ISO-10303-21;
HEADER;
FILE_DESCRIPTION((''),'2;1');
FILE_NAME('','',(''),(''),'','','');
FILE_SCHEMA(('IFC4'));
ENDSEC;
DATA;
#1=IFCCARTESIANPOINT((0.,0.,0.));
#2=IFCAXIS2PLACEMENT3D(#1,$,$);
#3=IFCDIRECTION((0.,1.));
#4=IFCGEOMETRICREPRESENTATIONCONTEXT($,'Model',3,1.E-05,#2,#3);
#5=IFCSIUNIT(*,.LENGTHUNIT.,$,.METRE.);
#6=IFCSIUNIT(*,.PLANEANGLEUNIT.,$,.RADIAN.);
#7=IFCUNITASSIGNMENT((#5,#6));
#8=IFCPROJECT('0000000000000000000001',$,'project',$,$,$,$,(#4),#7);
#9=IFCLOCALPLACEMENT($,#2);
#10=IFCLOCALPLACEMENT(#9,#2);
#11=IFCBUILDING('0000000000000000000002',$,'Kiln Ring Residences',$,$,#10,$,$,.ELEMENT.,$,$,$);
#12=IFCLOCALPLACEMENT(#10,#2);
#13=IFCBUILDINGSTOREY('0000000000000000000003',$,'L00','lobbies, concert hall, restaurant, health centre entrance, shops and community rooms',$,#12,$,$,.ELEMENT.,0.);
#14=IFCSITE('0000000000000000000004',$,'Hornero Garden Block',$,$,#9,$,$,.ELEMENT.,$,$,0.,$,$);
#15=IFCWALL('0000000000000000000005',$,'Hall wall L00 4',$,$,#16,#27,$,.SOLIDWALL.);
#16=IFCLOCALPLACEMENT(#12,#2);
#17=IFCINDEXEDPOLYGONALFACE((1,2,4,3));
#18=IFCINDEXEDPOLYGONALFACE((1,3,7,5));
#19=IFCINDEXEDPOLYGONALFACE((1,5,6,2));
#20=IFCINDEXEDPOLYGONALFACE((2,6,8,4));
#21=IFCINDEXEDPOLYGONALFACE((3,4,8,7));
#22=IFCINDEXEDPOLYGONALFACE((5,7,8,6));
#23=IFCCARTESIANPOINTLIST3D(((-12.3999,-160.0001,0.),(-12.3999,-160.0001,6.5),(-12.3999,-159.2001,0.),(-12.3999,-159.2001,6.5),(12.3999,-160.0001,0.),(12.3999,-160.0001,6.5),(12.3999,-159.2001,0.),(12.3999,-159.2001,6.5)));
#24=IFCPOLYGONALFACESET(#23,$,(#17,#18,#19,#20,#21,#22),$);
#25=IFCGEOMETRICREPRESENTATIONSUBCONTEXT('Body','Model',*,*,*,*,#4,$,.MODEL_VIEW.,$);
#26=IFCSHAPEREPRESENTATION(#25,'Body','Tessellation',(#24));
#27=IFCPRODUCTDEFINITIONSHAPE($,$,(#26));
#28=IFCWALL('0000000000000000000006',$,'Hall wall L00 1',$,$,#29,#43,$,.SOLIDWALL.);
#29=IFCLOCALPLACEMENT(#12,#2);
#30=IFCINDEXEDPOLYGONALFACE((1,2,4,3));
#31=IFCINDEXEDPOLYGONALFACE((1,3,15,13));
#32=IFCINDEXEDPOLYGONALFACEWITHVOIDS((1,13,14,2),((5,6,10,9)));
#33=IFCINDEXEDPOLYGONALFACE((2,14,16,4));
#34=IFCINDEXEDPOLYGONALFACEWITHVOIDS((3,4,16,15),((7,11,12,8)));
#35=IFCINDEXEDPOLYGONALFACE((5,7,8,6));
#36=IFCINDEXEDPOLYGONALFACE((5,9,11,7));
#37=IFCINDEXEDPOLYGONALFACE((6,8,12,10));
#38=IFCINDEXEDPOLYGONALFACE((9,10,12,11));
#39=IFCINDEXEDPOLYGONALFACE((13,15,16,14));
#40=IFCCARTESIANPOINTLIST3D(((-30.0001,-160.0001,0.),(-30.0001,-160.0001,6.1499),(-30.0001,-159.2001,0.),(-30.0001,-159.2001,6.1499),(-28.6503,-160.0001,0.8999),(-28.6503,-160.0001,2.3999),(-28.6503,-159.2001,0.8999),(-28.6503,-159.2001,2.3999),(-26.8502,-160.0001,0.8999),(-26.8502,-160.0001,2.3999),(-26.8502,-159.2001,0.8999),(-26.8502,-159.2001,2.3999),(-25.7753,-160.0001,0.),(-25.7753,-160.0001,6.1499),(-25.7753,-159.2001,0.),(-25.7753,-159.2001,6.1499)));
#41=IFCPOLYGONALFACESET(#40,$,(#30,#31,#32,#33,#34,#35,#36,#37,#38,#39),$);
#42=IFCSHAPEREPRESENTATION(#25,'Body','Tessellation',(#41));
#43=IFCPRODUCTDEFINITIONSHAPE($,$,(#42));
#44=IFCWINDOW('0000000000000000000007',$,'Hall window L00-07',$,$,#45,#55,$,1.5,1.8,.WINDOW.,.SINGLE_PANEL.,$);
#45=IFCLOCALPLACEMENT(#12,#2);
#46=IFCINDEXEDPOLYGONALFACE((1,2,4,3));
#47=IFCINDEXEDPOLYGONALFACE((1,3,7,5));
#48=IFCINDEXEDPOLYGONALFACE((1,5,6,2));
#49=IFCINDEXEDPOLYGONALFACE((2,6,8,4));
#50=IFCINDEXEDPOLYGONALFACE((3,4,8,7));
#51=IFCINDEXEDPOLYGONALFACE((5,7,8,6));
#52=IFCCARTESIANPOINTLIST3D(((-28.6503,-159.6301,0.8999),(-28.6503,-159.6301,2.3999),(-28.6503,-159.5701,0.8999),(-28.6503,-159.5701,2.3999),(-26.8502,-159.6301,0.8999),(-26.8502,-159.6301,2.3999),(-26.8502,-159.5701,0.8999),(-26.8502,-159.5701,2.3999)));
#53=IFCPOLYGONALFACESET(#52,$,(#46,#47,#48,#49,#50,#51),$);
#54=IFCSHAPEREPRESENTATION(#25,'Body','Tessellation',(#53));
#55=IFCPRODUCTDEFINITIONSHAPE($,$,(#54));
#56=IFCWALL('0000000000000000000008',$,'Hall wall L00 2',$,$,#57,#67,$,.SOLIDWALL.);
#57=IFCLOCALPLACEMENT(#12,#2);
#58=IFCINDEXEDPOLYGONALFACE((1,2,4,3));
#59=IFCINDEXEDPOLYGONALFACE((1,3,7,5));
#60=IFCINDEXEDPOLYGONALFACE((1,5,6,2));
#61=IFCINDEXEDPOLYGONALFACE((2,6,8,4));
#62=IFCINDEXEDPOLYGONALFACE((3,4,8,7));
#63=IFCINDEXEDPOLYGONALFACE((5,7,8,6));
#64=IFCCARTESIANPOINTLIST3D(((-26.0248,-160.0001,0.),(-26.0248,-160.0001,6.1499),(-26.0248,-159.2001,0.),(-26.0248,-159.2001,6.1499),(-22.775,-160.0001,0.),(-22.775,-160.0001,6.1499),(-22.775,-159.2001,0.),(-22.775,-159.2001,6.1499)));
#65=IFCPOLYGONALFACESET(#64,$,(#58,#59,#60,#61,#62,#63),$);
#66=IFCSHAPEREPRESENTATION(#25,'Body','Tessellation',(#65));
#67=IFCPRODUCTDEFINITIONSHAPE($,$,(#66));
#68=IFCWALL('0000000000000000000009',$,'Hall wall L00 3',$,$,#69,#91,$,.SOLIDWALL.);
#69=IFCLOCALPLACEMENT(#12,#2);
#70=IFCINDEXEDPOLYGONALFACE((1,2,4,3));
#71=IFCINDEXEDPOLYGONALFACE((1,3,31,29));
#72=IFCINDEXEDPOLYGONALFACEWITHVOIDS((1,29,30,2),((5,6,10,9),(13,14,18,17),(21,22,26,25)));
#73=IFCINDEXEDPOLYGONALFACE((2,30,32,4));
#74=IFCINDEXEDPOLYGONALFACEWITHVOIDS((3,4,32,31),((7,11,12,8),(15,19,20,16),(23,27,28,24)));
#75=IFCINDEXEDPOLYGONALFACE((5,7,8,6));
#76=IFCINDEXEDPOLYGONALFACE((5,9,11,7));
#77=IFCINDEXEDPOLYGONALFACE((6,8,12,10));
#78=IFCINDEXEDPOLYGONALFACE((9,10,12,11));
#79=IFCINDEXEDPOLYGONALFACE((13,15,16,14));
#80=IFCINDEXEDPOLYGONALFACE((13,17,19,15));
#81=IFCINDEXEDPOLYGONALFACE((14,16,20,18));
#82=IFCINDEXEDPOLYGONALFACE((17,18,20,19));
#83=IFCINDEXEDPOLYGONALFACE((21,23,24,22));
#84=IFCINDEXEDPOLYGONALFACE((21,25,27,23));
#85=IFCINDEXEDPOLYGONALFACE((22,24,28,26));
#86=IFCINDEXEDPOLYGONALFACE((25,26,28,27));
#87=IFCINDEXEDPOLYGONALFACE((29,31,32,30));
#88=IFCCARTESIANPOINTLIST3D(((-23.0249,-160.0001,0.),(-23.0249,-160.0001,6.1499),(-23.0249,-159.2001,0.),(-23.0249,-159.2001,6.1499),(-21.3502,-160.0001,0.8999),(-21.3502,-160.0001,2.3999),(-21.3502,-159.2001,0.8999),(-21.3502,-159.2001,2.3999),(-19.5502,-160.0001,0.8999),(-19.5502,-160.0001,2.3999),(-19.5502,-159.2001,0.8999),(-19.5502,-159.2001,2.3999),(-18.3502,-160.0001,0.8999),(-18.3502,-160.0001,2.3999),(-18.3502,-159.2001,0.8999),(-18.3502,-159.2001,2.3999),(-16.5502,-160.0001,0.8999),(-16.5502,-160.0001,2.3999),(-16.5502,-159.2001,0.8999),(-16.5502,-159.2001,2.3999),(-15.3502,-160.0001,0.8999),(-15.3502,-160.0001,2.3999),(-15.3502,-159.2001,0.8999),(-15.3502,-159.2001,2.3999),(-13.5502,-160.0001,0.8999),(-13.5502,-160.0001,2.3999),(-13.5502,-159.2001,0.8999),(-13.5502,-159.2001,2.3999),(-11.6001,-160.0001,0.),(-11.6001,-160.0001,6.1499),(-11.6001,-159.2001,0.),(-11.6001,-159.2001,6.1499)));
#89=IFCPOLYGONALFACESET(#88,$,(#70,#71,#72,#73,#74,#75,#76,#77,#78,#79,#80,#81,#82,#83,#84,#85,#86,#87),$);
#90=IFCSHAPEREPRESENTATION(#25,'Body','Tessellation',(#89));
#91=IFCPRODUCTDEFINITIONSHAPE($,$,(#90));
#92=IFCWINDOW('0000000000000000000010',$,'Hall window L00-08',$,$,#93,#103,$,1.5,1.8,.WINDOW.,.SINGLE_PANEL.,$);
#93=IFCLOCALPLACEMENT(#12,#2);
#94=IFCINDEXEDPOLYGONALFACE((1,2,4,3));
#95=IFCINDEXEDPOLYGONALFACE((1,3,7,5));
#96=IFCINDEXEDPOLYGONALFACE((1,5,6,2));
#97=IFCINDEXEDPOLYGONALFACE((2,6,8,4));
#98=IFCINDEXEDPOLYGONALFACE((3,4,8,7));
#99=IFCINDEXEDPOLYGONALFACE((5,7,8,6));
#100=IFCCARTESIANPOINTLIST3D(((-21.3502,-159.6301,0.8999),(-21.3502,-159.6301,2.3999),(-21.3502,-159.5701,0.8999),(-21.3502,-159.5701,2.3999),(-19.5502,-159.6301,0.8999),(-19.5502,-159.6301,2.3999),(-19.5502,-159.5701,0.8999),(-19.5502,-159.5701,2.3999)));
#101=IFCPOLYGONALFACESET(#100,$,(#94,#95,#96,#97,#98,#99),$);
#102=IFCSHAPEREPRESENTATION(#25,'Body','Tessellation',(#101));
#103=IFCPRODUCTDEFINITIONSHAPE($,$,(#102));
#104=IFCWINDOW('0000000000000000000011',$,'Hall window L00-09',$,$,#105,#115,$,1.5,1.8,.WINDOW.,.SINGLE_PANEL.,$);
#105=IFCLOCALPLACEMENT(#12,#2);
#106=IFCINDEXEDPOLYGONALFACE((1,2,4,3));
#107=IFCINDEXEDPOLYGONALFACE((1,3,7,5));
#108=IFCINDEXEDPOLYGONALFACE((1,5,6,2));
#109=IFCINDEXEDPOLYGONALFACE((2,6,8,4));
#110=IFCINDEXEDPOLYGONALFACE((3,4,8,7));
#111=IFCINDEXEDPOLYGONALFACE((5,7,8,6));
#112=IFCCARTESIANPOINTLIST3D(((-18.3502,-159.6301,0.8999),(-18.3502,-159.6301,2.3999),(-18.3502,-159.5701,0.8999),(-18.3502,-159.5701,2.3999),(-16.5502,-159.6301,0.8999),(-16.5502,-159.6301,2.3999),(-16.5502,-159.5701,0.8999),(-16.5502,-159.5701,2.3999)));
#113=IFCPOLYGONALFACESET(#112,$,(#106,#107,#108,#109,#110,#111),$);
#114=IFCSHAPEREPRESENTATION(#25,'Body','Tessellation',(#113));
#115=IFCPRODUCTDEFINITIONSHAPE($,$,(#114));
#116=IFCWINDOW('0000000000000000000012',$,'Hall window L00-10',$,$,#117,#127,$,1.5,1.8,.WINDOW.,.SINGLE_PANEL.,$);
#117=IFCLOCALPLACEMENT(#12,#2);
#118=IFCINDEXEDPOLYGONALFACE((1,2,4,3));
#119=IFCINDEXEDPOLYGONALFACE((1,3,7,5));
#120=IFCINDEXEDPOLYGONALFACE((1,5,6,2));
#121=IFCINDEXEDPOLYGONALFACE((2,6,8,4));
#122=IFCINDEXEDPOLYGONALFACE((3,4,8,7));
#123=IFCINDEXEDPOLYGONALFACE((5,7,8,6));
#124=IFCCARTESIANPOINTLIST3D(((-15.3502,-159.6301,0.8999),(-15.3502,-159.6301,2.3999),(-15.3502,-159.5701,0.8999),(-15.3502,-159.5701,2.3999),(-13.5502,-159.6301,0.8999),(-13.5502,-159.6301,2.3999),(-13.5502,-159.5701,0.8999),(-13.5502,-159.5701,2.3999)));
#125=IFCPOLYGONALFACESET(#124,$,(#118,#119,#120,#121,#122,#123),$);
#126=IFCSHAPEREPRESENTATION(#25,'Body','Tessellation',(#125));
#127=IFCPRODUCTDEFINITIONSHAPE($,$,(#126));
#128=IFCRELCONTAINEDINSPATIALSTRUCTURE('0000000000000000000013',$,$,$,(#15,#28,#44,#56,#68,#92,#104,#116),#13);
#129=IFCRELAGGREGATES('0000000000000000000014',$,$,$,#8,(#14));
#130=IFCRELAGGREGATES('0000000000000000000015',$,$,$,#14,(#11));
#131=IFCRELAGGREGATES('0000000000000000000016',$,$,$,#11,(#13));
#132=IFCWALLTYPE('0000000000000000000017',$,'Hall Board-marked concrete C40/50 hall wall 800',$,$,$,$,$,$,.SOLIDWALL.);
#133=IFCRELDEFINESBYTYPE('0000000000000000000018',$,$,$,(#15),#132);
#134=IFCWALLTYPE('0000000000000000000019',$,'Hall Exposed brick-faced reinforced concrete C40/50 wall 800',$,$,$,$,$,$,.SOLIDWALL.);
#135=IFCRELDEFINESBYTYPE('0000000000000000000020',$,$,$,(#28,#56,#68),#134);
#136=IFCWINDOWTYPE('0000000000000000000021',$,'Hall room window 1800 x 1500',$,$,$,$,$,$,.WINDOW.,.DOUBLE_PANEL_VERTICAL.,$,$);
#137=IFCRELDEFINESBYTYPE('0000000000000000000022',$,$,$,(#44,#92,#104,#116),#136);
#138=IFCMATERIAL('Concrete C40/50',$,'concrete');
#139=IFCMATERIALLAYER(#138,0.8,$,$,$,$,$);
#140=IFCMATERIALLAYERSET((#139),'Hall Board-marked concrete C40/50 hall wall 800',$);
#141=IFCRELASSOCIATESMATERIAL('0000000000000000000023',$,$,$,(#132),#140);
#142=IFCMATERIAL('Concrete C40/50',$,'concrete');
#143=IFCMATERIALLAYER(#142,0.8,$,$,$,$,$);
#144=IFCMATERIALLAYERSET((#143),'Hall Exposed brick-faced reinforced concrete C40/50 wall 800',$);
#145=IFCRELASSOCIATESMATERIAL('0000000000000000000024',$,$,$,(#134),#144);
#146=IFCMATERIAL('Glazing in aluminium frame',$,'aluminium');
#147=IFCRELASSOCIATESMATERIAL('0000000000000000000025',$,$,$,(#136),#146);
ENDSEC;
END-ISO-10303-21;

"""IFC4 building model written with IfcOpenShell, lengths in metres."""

from ifc_helpers import new_model, si_unit, direction, frame, frame_2d, origin, place, context, subcontext, project, spatial, rectangle, extrude, material, layer, layer_set, type_object, element, fill, save


model = new_model("IFC4")

# Units and contexts
model_context = context("Model", 3, precision=1e-05, world=origin(), true_north=direction((0.0, 1.0)))
body_context = subcontext(model_context, "Body", "Model", "MODEL_VIEW")
ifc_project = project(units=[si_unit("LENGTHUNIT", "METRE"), si_unit("PLANEANGLEUNIT", "RADIAN")], contexts=[model_context])

# Site, building, storey
site_placement = place(None, origin())
site = spatial("IfcSite", under=ifc_project, at=site_placement, Name="Hornero Garden Block", CompositionType="ELEMENT", RefElevation=0.0)
building_placement = place(site_placement, origin())
building = spatial("IfcBuilding", under=site, at=building_placement, Name="Kiln Ring Residences", CompositionType="ELEMENT")
storey_placement = place(building_placement, origin())
storey = spatial("IfcBuildingStorey", under=building, at=storey_placement, Name="L00", Description="lobbies, concert hall, restaurant, health centre entrance, shops and community rooms", CompositionType="ELEMENT", Elevation=0.0)

# Wall
ifc_material_1 = material(Name="Concrete C40/50", Category="concrete")
ifc_layer_1 = layer(ifc_material_1, 0.8)
ifc_layer_set_1 = layer_set([ifc_layer_1], Name="Hall Board-marked concrete C40/50 hall wall 800")
wall_type_1 = type_object("IfcWallType", Name="Hall Board-marked concrete C40/50 hall wall 800", PredefinedType="SOLIDWALL", material=ifc_layer_set_1)
wall_1_placement = place(storey_placement, frame((-12.3999, -159.6001, 0.0), z_axis=(0.0, 0.0, 1.0), x_axis=(1.0, 0.0, 0.0)))
element("IfcWall", 1, at=wall_1_placement, inside=storey, type_object=wall_type_1, Name="Hall wall L00 4", PredefinedType="SOLIDWALL", context=body_context, shape_type="SweptSolid", body=[
    extrude(rectangle(XDim=24.7998, YDim=0.8, at=frame_2d((12.3999, 0.0))), origin(), (0.0, 0.0, 1.0), 6.5),
])

# Wall, opening, window
ifc_material_2 = material(Name="Concrete C40/50", Category="concrete")
ifc_layer_2 = layer(ifc_material_2, 0.8)
ifc_layer_set_2 = layer_set([ifc_layer_2], Name="Hall Exposed brick-faced reinforced concrete C40/50 wall 800")
wall_type_2 = type_object("IfcWallType", Name="Hall Exposed brick-faced reinforced concrete C40/50 wall 800", PredefinedType="SOLIDWALL", material=ifc_layer_set_2)
wall_2_placement = place(storey_placement, frame((-30.0, -159.6001, 0.0), z_axis=(0.0, 0.0, 1.0), x_axis=(1.0, 0.0, 0.0)))
wall_2 = element("IfcWall", 2, at=wall_2_placement, inside=storey, type_object=wall_type_2, Name="Hall wall L00 1", PredefinedType="SOLIDWALL", context=body_context, shape_type="SweptSolid", body=[
    extrude(rectangle(XDim=4.2249, YDim=0.8, at=frame_2d((2.1123, 0.0))), origin(), (0.0, 0.0, 1.0), 6.1499),
])
opening_1_placement = place(wall_2_placement, frame((1.3499, 0.0, 0.8999)))
opening_1 = element("IfcOpeningElement", 3, at=opening_1_placement, cuts=wall_2, PredefinedType="OPENING", context=body_context, shape_type="SweptSolid", body=[
    extrude(rectangle(XDim=1.8, YDim=1.5, at=frame_2d((0.8999, 0.75))), frame((0.0, 0.4099, 0.0), z_axis=(0.0, -1.0, 0.0), x_axis=(1.0, 0.0, 0.0)), (0.0, 0.0, 1.0), 0.8201),
])
ifc_material_3 = material(Name="Glazing in aluminium frame", Category="aluminium")
window_type = type_object("IfcWindowType", Name="Hall room window 1800 x 1500", PartitioningType="DOUBLE_PANEL_VERTICAL", PredefinedType="WINDOW", material=ifc_material_3)
window_1_placement = place(opening_1_placement, origin())
window_1 = element("IfcWindow", 4, at=window_1_placement, inside=storey, type_object=window_type, Name="Hall window L00-07", OverallHeight=1.5, OverallWidth=1.8, PartitioningType="SINGLE_PANEL", PredefinedType="WINDOW", context=body_context, shape_type="SweptSolid", body=[
    extrude(rectangle(XDim=1.8, YDim=1.5, at=frame_2d((0.8999, 0.75))), frame((0.0, 0.03, 0.0), z_axis=(0.0, -1.0, 0.0), x_axis=(1.0, 0.0, 0.0)), (0.0, 0.0, 1.0), 0.0601),
])
fill(opening_1, window_1)

# Wall
wall_3_placement = place(storey_placement, frame((-26.0249, -159.6001, 0.0), z_axis=(0.0, 0.0, 1.0), x_axis=(1.0, 0.0, 0.0)))
element("IfcWall", 5, at=wall_3_placement, inside=storey, type_object=wall_type_2, Name="Hall wall L00 2", PredefinedType="SOLIDWALL", context=body_context, shape_type="SweptSolid", body=[
    extrude(rectangle(XDim=3.2498, YDim=0.8, at=frame_2d((1.625, 0.0))), origin(), (0.0, 0.0, 1.0), 6.1499),
])

# Wall, openings, windows
wall_4_placement = place(storey_placement, frame((-23.0249, -159.6001, 0.0), z_axis=(0.0, 0.0, 1.0), x_axis=(1.0, 0.0, 0.0)))
wall_4 = element("IfcWall", 6, at=wall_4_placement, inside=storey, type_object=wall_type_2, Name="Hall wall L00 3", PredefinedType="SOLIDWALL", context=body_context, shape_type="SweptSolid", body=[
    extrude(rectangle(XDim=11.4248, YDim=0.8, at=frame_2d((5.7124, 0.0))), origin(), (0.0, 0.0, 1.0), 6.1499),
])
opening_2_placement = place(wall_4_placement, frame((1.6748, 0.0, 0.8999)))
opening_2 = element("IfcOpeningElement", 7, at=opening_2_placement, cuts=wall_4, PredefinedType="OPENING", context=body_context, shape_type="SweptSolid", body=[
    extrude(rectangle(XDim=1.8, YDim=1.5, at=frame_2d((0.8999, 0.75))), frame((0.0, 0.4099, 0.0), z_axis=(0.0, -1.0, 0.0), x_axis=(1.0, 0.0, 0.0)), (0.0, 0.0, 1.0), 0.8201),
])
opening_3_placement = place(wall_4_placement, frame((4.6748, 0.0, 0.8999)))
opening_3 = element("IfcOpeningElement", 8, at=opening_3_placement, cuts=wall_4, PredefinedType="OPENING", context=body_context, shape_type="SweptSolid", body=[
    extrude(rectangle(XDim=1.8, YDim=1.5, at=frame_2d((0.8999, 0.75))), frame((0.0, 0.4099, 0.0), z_axis=(0.0, -1.0, 0.0), x_axis=(1.0, 0.0, 0.0)), (0.0, 0.0, 1.0), 0.8201),
])
opening_4_placement = place(wall_4_placement, frame((7.6748, 0.0, 0.8999)))
opening_4 = element("IfcOpeningElement", 9, at=opening_4_placement, cuts=wall_4, PredefinedType="OPENING", context=body_context, shape_type="SweptSolid", body=[
    extrude(rectangle(XDim=1.8, YDim=1.5, at=frame_2d((0.8999, 0.75))), frame((0.0, 0.4099, 0.0), z_axis=(0.0, -1.0, 0.0), x_axis=(1.0, 0.0, 0.0)), (0.0, 0.0, 1.0), 0.8201),
])
window_2_placement = place(opening_2_placement, origin())
window_2 = element("IfcWindow", 10, at=window_2_placement, inside=storey, type_object=window_type, Name="Hall window L00-08", OverallHeight=1.5, OverallWidth=1.8, PartitioningType="SINGLE_PANEL", PredefinedType="WINDOW", context=body_context, shape_type="SweptSolid", body=[
    extrude(rectangle(XDim=1.8, YDim=1.5, at=frame_2d((0.8999, 0.75))), frame((0.0, 0.03, 0.0), z_axis=(0.0, -1.0, 0.0), x_axis=(1.0, 0.0, 0.0)), (0.0, 0.0, 1.0), 0.0601),
])
fill(opening_2, window_2)
window_3_placement = place(opening_3_placement, origin())
window_3 = element("IfcWindow", 11, at=window_3_placement, inside=storey, type_object=window_type, Name="Hall window L00-09", OverallHeight=1.5, OverallWidth=1.8, PartitioningType="SINGLE_PANEL", PredefinedType="WINDOW", context=body_context, shape_type="SweptSolid", body=[
    extrude(rectangle(XDim=1.8, YDim=1.5, at=frame_2d((0.8999, 0.75))), frame((0.0, 0.03, 0.0), z_axis=(0.0, -1.0, 0.0), x_axis=(1.0, 0.0, 0.0)), (0.0, 0.0, 1.0), 0.0601),
])
fill(opening_3, window_3)
window_4_placement = place(opening_4_placement, origin())
window_4 = element("IfcWindow", 12, at=window_4_placement, inside=storey, type_object=window_type, Name="Hall window L00-10", OverallHeight=1.5, OverallWidth=1.8, PartitioningType="SINGLE_PANEL", PredefinedType="WINDOW", context=body_context, shape_type="SweptSolid", body=[
    extrude(rectangle(XDim=1.8, YDim=1.5, at=frame_2d((0.8999, 0.75))), frame((0.0, 0.03, 0.0), z_axis=(0.0, -1.0, 0.0), x_axis=(1.0, 0.0, 0.0)), (0.0, 0.0, 1.0), 0.0601),
])
fill(opening_4, window_4)

save(model, "model.ifc")
